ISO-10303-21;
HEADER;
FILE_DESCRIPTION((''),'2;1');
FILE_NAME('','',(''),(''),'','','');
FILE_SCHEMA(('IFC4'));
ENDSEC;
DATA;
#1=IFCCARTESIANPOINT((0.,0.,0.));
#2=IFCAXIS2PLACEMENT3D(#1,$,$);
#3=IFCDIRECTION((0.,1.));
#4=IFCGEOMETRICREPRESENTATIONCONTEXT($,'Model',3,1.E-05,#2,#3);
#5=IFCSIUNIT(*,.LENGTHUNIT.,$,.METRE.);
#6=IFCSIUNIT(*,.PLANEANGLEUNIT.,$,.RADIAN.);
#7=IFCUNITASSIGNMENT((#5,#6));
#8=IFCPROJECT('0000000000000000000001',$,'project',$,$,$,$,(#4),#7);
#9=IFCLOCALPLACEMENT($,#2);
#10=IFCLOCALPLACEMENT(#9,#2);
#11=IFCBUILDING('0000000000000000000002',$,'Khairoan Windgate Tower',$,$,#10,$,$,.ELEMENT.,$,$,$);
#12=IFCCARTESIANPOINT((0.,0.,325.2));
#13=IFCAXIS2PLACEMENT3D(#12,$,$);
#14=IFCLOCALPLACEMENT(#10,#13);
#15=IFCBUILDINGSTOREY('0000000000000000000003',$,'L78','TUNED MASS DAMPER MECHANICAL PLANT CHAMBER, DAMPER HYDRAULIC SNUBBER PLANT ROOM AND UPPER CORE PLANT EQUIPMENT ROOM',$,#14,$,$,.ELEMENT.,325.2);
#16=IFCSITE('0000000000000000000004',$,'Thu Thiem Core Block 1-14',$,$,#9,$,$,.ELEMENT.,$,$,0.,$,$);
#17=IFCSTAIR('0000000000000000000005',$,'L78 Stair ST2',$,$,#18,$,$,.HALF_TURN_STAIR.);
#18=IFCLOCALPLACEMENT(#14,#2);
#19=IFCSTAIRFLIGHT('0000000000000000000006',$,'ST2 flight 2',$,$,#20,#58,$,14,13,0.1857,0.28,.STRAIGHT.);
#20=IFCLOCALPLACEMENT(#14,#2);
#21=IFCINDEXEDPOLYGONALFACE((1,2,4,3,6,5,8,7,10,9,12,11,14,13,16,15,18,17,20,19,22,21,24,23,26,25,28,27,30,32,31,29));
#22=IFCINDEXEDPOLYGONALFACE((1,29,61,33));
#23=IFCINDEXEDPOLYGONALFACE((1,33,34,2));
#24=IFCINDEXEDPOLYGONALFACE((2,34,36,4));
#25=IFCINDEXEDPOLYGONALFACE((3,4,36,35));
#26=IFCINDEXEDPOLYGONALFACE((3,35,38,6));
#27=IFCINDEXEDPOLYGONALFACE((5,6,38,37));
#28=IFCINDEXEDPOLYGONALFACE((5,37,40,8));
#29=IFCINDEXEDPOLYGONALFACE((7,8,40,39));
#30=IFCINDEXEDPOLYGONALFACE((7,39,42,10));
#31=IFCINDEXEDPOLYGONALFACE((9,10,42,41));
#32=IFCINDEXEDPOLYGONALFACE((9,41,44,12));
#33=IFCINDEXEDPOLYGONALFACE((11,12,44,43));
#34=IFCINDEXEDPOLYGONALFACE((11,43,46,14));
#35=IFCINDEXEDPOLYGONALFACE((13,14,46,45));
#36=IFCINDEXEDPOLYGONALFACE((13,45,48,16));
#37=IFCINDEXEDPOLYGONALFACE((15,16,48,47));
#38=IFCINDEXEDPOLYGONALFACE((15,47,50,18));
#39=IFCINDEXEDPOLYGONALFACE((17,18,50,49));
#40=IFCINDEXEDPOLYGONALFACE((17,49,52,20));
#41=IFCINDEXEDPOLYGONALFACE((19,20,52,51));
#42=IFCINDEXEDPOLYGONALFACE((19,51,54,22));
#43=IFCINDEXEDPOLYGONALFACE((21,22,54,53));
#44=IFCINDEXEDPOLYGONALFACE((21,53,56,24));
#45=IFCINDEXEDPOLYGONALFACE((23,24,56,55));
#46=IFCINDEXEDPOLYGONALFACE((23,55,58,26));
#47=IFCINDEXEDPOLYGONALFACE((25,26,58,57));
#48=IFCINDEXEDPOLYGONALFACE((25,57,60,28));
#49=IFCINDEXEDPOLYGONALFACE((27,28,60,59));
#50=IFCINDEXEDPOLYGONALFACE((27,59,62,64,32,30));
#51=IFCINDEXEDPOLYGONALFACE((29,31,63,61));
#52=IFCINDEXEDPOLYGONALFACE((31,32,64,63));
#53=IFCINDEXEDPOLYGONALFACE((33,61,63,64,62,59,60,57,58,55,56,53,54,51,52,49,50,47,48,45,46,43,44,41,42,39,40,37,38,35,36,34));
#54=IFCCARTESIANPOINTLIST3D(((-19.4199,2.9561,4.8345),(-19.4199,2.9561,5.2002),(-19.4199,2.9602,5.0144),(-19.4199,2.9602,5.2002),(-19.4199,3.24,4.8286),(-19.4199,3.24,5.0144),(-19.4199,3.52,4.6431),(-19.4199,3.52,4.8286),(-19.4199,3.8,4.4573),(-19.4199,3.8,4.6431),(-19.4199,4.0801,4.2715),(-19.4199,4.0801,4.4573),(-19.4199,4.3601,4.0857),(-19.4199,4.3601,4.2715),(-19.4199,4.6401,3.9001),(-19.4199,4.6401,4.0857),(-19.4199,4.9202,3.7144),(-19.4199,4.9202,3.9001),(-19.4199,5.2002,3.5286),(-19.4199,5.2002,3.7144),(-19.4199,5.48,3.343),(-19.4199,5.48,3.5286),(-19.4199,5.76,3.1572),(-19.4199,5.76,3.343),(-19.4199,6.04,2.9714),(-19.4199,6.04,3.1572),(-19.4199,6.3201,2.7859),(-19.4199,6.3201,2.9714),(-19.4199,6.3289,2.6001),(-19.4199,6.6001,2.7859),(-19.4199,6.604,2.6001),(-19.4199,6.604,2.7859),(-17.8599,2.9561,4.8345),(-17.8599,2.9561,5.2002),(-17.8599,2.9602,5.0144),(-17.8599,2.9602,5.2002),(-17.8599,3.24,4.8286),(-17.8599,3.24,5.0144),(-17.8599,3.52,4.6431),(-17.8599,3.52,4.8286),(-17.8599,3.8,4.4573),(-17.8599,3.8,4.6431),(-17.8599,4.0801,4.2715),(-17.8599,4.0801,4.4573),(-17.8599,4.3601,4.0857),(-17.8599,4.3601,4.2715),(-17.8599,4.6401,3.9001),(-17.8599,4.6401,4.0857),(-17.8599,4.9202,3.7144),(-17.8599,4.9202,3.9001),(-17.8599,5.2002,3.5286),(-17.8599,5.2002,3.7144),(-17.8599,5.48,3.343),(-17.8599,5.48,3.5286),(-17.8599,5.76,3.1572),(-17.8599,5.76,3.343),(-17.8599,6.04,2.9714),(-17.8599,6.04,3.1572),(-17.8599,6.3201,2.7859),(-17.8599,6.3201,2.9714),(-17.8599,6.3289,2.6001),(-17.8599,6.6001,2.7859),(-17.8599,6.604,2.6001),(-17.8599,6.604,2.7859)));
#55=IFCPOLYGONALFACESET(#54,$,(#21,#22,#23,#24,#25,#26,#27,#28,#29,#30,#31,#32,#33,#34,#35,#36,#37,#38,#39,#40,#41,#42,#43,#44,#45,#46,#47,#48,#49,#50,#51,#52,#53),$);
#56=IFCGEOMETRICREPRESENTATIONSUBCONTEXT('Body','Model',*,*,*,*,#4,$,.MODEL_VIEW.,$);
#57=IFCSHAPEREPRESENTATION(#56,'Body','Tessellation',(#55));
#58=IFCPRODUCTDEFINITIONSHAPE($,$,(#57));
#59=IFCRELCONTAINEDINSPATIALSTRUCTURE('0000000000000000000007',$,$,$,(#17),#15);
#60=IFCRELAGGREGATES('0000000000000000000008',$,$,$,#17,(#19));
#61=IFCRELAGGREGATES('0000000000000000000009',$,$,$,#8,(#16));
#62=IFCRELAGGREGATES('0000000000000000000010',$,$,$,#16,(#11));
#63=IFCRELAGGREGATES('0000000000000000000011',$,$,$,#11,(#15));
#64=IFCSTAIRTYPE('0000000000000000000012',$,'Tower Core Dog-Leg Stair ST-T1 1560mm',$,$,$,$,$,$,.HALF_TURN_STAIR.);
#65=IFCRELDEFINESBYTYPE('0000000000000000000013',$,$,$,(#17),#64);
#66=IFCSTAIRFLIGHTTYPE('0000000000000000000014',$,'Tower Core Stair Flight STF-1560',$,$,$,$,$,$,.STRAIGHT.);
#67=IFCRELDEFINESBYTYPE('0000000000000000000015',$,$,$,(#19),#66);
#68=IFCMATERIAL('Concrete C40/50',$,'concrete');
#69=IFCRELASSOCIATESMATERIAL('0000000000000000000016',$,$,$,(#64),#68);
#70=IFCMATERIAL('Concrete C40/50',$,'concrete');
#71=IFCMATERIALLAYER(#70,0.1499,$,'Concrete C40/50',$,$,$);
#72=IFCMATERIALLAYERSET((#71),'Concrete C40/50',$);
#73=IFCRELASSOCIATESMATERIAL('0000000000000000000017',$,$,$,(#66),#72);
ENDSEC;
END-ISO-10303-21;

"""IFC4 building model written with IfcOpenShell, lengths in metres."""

from ifc_helpers import new_model, si_unit, direction, frame, origin, place, context, subcontext, project, spatial, polyline, outline, extrude, material, layer, layer_set, type_object, element, aggregate, save


model = new_model("IFC4")

# Units and contexts
model_context = context("Model", 3, precision=1e-05, world=origin(), true_north=direction((0.0, 1.0)))
body_context = subcontext(model_context, "Body", "Model", "MODEL_VIEW")
ifc_project = project(units=[si_unit("LENGTHUNIT", "METRE"), si_unit("PLANEANGLEUNIT", "RADIAN")], contexts=[model_context])

# Site, building, storey
site_placement = place(None, origin())
site = spatial("IfcSite", under=ifc_project, at=site_placement, Name="Thu Thiem Core Block 1-14", CompositionType="ELEMENT", RefElevation=0.0)
building_placement = place(site_placement, origin())
building = spatial("IfcBuilding", under=site, at=building_placement, Name="Khairoan Windgate Tower", CompositionType="ELEMENT")
storey_placement = place(building_placement, frame((0.0, 0.0, 325.2)))
storey = spatial("IfcBuildingStorey", under=building, at=storey_placement, Name="L78", Description="TUNED MASS DAMPER MECHANICAL PLANT CHAMBER, DAMPER HYDRAULIC SNUBBER PLANT ROOM AND UPPER CORE PLANT EQUIPMENT ROOM", CompositionType="ELEMENT", Elevation=325.2)

# Stair, stair flight
ifc_material_1 = material(Name="Concrete C40/50", Category="concrete")
stair_type = type_object("IfcStairType", Name="Tower Core Dog-Leg Stair ST-T1 1560mm", PredefinedType="HALF_TURN_STAIR", material=ifc_material_1)
stair_placement = place(storey_placement, origin())
stair = element("IfcStair", 1, at=stair_placement, inside=storey, type_object=stair_type, Name="L78 Stair ST2", PredefinedType="HALF_TURN_STAIR")
ifc_material_2 = material(Name="Concrete C40/50", Category="concrete")
ifc_layer_1 = layer(ifc_material_2, 0.1499, Name="Concrete C40/50")
ifc_layer_set_1 = layer_set([ifc_layer_1], Name="Concrete C40/50")
stair_flight_type = type_object("IfcStairFlightType", Name="Tower Core Stair Flight STF-1560", PredefinedType="STRAIGHT", material=ifc_layer_set_1)
stair_flight_1_placement = place(storey_placement, frame((-18.6399, 6.6001, 2.6001), z_axis=(0.0, 0.0, 1.0), x_axis=(0.0, -1.0, 0.0)))
stair_flight_1 = element("IfcStairFlight", 2, at=stair_flight_1_placement, type_object=stair_flight_type, Name="ST2 flight 2", NumberOfRisers=14, NumberOfTreads=13, PredefinedType="STRAIGHT", RiserHeight=0.1857, TreadLength=0.28, context=body_context, shape_type="SweptSolid", body=[
    extrude(outline(polyline([(-0.0039, 0.0), (-0.0039, 0.1858), (0.0, 0.1858), (0.28, 0.1858), (0.28, 0.3713), (0.5601, 0.3713), (0.5601, 0.5571), (0.8401, 0.5571), (0.8401, 0.7429), (1.1201, 0.7429), (1.1201, 0.9285), (1.3999, 0.9285), (1.3999, 1.1143), (1.6799, 1.1143), (1.6799, 1.3), (1.96, 1.3), (1.96, 1.4856), (2.24, 1.4856), (2.24, 1.6714), (2.52, 1.6714), (2.52, 1.8572), (2.8, 1.8572), (2.8, 2.043), (3.0801, 2.043), (3.0801, 2.2285), (3.3601, 2.2285), (3.3601, 2.4143), (3.6399, 2.4143), (3.6399, 2.6001), (3.644, 2.6001), (3.644, 2.2344), (0.2712, 0.0), (-0.0039, 0.0)])), frame((0.0, 0.78, 0.0), z_axis=(0.0, -1.0, 0.0), x_axis=(1.0, 0.0, 0.0)), (0.0, 0.0, 1.0), 1.5601),
])
aggregate(stair, [stair_flight_1])

save(model, "model.ifc")
